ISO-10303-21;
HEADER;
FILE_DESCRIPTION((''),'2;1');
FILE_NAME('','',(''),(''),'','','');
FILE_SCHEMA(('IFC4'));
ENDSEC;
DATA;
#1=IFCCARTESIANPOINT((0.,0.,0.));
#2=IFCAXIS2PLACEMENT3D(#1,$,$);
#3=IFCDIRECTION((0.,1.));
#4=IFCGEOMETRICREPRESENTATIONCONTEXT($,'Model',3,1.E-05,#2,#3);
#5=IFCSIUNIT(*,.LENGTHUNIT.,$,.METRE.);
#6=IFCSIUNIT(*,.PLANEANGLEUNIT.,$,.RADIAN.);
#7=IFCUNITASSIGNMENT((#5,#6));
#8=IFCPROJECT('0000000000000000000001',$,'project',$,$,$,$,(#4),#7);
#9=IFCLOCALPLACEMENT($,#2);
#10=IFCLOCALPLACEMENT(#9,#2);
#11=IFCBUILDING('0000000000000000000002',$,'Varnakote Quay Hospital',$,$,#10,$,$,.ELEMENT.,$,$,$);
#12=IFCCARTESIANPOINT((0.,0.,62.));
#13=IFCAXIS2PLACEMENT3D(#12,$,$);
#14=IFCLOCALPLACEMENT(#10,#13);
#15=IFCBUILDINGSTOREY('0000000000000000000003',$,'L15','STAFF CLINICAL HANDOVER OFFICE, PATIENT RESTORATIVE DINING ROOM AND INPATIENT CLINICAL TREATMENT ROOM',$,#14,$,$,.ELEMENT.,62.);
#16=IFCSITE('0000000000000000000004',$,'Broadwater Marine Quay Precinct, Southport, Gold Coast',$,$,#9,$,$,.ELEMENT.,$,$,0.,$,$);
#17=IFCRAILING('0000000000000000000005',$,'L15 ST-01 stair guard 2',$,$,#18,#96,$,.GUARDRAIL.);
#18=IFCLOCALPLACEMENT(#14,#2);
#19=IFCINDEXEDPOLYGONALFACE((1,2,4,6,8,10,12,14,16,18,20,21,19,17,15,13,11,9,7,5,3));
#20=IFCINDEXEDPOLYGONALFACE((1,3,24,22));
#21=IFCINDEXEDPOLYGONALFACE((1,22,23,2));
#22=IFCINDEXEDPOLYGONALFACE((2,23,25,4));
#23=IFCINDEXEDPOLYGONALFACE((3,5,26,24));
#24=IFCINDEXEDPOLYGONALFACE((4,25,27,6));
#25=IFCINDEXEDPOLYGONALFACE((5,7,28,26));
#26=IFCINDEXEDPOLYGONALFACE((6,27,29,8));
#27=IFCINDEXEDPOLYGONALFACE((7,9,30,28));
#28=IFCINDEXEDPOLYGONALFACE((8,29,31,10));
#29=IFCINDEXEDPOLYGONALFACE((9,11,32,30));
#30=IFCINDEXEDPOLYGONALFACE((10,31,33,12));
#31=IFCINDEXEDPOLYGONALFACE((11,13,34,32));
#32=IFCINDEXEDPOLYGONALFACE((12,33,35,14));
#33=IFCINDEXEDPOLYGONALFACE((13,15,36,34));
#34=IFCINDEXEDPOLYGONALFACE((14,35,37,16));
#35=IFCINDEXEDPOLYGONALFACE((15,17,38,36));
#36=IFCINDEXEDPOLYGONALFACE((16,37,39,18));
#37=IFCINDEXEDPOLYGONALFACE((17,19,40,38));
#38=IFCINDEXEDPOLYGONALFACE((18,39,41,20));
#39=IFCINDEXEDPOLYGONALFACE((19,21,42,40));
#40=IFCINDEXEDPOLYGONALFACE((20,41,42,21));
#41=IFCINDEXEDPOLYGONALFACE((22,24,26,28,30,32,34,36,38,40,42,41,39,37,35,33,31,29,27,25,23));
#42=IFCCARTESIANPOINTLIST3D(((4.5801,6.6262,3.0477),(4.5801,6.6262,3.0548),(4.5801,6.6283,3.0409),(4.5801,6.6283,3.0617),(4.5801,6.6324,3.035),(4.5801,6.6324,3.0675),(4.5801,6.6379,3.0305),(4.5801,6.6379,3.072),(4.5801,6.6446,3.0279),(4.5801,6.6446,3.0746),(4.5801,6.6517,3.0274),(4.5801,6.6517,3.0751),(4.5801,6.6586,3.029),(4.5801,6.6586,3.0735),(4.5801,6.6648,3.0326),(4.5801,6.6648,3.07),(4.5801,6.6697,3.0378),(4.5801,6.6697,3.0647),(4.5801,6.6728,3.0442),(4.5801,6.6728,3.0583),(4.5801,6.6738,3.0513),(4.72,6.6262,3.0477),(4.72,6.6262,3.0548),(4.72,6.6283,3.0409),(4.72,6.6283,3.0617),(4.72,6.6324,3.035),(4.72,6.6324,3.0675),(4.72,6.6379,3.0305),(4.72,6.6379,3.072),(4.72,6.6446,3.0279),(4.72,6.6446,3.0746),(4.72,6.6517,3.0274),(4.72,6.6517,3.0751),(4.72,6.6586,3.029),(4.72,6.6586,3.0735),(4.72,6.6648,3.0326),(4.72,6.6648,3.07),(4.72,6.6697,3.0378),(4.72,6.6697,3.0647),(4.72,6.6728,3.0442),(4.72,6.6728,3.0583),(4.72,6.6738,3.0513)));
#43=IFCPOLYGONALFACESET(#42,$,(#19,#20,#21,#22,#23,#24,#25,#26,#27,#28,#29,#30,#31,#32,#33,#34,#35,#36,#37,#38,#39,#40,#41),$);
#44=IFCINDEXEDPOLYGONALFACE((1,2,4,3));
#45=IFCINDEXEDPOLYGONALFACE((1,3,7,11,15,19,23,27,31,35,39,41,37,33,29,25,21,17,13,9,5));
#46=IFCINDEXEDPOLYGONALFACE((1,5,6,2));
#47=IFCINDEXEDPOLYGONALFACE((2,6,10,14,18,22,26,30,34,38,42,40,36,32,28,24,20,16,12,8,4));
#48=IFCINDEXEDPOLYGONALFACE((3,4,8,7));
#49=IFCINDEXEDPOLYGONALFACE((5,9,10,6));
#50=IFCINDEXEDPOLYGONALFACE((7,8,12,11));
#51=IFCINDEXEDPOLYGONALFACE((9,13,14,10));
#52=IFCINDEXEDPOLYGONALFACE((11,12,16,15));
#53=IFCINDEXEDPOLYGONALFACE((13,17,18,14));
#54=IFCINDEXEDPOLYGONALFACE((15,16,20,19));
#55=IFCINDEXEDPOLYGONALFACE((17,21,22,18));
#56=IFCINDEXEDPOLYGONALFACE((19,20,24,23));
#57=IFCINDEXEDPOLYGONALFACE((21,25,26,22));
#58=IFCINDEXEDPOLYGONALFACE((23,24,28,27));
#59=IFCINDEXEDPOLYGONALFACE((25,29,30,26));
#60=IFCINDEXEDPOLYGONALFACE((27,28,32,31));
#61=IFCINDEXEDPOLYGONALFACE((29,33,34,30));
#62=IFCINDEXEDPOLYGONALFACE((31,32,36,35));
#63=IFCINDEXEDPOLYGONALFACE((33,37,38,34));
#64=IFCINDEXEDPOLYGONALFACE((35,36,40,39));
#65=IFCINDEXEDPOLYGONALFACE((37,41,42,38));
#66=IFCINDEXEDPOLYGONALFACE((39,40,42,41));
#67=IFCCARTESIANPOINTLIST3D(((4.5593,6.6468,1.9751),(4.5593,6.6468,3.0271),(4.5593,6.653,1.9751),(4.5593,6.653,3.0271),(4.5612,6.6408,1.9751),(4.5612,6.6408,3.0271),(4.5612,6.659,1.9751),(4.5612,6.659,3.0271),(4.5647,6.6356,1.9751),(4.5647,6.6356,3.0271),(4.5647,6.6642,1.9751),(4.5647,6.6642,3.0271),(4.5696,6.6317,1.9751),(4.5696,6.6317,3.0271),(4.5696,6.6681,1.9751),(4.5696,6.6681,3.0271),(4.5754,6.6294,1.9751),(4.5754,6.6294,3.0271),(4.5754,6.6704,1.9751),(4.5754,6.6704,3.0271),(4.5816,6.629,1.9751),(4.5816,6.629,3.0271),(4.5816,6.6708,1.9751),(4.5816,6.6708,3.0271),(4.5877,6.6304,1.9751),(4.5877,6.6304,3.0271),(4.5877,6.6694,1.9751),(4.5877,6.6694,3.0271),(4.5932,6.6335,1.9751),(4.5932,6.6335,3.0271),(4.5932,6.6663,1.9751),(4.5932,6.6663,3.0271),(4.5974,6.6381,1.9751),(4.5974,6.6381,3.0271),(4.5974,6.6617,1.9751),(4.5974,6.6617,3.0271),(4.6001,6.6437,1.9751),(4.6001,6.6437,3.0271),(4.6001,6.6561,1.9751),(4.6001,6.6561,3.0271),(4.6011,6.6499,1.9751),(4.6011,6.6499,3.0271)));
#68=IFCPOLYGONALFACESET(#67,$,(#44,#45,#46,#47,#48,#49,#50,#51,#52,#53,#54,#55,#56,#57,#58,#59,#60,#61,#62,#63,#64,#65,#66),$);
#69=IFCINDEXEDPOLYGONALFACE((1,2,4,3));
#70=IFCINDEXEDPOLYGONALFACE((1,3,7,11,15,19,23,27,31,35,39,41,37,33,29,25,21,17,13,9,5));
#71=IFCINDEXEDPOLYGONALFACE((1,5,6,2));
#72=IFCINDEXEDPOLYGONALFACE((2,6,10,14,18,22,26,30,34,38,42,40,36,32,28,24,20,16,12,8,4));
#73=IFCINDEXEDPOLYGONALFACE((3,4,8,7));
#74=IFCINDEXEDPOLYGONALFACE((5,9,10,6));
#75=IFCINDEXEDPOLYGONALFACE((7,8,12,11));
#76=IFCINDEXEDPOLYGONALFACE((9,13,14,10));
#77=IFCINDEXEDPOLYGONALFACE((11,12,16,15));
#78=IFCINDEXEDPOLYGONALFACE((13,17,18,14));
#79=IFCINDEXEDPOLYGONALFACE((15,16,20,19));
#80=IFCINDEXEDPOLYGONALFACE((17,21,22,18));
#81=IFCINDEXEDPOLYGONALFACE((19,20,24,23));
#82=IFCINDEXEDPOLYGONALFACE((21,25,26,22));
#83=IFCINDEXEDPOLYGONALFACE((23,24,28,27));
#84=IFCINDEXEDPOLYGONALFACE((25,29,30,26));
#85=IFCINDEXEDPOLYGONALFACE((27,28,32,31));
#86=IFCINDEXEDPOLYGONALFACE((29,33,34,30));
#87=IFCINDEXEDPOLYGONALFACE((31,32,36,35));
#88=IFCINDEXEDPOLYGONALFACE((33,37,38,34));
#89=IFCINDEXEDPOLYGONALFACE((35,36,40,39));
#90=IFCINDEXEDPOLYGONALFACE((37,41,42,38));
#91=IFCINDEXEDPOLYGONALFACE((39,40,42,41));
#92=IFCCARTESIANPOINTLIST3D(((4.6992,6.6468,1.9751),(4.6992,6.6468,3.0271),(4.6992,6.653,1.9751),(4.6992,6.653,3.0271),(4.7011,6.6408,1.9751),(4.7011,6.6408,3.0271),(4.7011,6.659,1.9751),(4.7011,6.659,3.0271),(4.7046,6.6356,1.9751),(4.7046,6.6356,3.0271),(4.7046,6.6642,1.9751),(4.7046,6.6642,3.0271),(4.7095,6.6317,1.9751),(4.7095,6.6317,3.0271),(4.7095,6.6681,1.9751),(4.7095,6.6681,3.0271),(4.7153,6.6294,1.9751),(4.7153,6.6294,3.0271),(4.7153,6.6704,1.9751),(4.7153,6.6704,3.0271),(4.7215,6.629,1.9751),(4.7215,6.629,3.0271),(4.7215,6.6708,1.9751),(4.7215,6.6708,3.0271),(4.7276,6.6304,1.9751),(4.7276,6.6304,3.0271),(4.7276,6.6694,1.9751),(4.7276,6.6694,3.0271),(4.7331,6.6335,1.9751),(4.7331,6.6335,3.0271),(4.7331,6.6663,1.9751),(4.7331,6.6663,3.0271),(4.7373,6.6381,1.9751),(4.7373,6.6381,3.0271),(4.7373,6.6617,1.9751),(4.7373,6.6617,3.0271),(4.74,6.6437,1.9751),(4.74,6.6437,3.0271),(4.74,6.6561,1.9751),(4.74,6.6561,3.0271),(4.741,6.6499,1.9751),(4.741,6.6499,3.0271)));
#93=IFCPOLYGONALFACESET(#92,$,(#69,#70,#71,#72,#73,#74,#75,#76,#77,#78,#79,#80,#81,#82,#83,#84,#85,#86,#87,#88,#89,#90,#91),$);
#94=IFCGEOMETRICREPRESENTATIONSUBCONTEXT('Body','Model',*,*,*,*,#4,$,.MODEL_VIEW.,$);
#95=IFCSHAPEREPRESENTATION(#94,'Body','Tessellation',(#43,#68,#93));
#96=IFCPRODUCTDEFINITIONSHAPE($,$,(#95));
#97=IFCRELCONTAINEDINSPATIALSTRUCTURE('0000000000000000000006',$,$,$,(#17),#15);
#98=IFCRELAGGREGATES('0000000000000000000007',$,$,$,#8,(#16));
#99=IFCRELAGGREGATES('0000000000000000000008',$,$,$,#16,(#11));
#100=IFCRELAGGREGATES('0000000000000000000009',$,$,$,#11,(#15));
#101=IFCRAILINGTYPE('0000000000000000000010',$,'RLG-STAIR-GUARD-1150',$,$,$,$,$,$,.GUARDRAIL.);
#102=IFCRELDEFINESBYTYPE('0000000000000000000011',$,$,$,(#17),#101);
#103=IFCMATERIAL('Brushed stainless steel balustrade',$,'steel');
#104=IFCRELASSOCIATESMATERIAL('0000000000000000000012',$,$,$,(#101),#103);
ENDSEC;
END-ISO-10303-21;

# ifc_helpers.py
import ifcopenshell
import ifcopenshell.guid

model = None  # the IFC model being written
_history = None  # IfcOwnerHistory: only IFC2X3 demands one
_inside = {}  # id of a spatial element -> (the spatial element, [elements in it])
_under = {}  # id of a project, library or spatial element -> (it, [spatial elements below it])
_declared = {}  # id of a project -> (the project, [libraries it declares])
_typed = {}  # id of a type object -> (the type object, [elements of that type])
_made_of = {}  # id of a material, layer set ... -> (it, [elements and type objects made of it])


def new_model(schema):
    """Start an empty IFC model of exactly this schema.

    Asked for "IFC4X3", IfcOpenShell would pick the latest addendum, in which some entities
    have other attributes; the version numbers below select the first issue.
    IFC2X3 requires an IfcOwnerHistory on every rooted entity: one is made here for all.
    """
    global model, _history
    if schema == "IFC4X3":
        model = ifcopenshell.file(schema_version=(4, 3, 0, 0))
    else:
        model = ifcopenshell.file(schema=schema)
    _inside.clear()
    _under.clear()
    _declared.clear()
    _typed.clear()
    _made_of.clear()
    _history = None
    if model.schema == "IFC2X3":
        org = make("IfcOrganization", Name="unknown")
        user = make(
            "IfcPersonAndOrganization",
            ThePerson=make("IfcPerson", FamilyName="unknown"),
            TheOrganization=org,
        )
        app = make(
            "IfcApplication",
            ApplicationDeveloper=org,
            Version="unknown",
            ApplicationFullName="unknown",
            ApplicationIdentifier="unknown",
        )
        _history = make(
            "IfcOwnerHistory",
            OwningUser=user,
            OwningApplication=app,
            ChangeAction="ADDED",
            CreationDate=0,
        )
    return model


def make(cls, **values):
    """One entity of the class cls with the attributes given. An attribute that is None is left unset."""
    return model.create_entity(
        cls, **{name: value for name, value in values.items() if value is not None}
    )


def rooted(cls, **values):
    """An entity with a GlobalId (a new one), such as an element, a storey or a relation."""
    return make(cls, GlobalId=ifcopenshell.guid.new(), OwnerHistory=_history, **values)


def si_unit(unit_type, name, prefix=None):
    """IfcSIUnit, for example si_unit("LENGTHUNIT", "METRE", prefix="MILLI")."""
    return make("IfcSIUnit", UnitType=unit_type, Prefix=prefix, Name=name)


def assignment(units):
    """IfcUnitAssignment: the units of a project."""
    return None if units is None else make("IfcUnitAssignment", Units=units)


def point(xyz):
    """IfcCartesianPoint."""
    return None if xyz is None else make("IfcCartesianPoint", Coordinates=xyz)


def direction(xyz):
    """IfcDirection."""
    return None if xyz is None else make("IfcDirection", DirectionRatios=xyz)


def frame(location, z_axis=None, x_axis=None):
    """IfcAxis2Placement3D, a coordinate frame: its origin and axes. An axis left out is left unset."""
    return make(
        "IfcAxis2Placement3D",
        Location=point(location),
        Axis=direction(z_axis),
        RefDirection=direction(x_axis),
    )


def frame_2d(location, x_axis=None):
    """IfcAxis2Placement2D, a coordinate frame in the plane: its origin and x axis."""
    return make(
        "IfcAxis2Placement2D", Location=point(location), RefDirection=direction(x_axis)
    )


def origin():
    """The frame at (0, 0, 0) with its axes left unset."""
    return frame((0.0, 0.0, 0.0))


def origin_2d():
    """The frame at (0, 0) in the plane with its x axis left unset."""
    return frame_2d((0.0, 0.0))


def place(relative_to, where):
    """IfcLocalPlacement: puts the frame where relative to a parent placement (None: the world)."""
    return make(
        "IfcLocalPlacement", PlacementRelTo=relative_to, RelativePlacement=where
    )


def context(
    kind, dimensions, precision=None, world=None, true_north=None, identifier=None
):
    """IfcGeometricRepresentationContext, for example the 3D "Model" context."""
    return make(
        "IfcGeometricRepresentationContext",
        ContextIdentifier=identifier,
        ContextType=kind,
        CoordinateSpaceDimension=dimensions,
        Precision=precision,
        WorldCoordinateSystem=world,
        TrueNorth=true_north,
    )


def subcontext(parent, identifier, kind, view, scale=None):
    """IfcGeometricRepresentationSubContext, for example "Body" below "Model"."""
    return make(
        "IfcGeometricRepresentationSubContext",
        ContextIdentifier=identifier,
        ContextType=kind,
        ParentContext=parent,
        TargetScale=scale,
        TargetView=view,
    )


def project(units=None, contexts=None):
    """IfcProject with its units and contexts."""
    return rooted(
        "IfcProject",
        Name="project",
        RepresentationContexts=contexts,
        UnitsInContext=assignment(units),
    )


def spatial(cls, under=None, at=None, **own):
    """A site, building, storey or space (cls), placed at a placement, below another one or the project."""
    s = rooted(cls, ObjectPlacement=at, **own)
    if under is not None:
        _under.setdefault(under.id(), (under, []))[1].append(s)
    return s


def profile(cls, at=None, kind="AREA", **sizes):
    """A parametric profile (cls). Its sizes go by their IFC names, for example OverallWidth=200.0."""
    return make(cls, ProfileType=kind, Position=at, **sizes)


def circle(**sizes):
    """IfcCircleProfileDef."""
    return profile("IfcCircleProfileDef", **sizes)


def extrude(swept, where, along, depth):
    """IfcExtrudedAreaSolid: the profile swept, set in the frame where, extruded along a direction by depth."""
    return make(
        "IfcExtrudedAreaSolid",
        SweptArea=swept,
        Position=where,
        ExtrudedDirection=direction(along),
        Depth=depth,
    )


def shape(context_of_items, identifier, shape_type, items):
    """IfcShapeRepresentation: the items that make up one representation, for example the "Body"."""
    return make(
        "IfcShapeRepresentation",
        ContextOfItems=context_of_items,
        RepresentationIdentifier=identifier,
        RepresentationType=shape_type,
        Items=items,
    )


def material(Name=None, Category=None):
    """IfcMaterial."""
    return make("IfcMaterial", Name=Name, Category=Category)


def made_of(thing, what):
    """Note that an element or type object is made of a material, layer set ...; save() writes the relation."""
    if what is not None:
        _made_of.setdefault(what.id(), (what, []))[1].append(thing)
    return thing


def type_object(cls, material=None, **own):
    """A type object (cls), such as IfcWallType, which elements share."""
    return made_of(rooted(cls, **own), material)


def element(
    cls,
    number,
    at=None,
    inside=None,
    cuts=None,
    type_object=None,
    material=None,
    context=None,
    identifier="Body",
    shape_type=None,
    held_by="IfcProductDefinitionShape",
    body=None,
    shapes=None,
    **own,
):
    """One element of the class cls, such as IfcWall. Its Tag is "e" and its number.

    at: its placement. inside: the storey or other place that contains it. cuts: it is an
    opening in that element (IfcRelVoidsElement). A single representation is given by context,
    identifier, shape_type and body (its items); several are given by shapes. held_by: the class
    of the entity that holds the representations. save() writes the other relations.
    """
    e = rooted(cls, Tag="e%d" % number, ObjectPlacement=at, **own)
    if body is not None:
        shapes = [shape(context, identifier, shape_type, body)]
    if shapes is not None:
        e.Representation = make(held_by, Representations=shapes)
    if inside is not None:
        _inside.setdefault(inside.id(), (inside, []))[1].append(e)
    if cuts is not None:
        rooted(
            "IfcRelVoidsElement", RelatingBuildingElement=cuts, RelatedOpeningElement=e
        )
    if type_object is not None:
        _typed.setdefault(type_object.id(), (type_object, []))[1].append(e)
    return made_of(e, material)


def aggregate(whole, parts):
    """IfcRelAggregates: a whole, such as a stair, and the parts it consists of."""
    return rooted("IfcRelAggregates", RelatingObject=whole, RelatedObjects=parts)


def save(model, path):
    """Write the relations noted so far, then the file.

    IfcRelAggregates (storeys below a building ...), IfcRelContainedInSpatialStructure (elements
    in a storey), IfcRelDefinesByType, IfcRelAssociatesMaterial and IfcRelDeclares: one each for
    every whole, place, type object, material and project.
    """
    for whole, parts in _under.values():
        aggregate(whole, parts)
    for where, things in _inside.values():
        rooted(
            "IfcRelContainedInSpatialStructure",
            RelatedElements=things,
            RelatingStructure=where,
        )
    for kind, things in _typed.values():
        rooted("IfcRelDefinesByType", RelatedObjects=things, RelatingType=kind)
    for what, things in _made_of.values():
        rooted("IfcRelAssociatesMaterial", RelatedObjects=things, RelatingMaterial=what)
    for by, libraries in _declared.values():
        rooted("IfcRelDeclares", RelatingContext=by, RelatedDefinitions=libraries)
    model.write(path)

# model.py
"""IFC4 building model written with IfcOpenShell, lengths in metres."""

from ifc_helpers import new_model, si_unit, direction, frame, origin, origin_2d, place, context, subcontext, project, spatial, circle, extrude, material, type_object, element, save


model = new_model("IFC4")

# Units and contexts
model_context = context("Model", 3, precision=1e-05, world=origin(), true_north=direction((0.0, 1.0)))
body_context = subcontext(model_context, "Body", "Model", "MODEL_VIEW")
ifc_project = project(units=[si_unit("LENGTHUNIT", "METRE"), si_unit("PLANEANGLEUNIT", "RADIAN")], contexts=[model_context])

# Site, building, storey
site_placement = place(None, origin())
site = spatial("IfcSite", under=ifc_project, at=site_placement, Name="Broadwater Marine Quay Precinct, Southport, Gold Coast", CompositionType="ELEMENT", RefElevation=0.0)
building_placement = place(site_placement, origin())
building = spatial("IfcBuilding", under=site, at=building_placement, Name="Varnakote Quay Hospital", CompositionType="ELEMENT")
storey_placement = place(building_placement, frame((0.0, 0.0, 62.0)))
storey = spatial("IfcBuildingStorey", under=building, at=storey_placement, Name="L15", Description="STAFF CLINICAL HANDOVER OFFICE, PATIENT RESTORATIVE DINING ROOM AND INPATIENT CLINICAL TREATMENT ROOM", CompositionType="ELEMENT", Elevation=62.0)

# Railing
ifc_material_1 = material(Name="Brushed stainless steel balustrade", Category="steel")
railing_type_1 = type_object("IfcRailingType", Name="RLG-STAIR-GUARD-1150", PredefinedType="GUARDRAIL", material=ifc_material_1)
railing_1_placement = place(storey_placement, frame((4.5801, 6.6499, 1.9751)))
element("IfcRailing", 1, at=railing_1_placement, inside=storey, type_object=railing_type_1, Name="L15 ST-01 stair guard 2", PredefinedType="GUARDRAIL", context=body_context, shape_type="SweptSolid", body=[
    extrude(circle(Radius=0.0239, at=origin_2d()), frame((0.0, 0.0, 1.0762), z_axis=(1.0, 0.0, 0.0), x_axis=(0.0, 1.0, 0.0)), (0.0, 0.0, 1.0), 0.1399),
    extrude(circle(Radius=0.021, at=origin_2d()), origin(), (0.0, 0.0, 1.0), 1.052),
    extrude(circle(Radius=0.021, at=origin_2d()), frame((0.1399, 0.0, 0.0)), (0.0, 0.0, 1.0), 1.052),
])

save(model, "model.ifc")
